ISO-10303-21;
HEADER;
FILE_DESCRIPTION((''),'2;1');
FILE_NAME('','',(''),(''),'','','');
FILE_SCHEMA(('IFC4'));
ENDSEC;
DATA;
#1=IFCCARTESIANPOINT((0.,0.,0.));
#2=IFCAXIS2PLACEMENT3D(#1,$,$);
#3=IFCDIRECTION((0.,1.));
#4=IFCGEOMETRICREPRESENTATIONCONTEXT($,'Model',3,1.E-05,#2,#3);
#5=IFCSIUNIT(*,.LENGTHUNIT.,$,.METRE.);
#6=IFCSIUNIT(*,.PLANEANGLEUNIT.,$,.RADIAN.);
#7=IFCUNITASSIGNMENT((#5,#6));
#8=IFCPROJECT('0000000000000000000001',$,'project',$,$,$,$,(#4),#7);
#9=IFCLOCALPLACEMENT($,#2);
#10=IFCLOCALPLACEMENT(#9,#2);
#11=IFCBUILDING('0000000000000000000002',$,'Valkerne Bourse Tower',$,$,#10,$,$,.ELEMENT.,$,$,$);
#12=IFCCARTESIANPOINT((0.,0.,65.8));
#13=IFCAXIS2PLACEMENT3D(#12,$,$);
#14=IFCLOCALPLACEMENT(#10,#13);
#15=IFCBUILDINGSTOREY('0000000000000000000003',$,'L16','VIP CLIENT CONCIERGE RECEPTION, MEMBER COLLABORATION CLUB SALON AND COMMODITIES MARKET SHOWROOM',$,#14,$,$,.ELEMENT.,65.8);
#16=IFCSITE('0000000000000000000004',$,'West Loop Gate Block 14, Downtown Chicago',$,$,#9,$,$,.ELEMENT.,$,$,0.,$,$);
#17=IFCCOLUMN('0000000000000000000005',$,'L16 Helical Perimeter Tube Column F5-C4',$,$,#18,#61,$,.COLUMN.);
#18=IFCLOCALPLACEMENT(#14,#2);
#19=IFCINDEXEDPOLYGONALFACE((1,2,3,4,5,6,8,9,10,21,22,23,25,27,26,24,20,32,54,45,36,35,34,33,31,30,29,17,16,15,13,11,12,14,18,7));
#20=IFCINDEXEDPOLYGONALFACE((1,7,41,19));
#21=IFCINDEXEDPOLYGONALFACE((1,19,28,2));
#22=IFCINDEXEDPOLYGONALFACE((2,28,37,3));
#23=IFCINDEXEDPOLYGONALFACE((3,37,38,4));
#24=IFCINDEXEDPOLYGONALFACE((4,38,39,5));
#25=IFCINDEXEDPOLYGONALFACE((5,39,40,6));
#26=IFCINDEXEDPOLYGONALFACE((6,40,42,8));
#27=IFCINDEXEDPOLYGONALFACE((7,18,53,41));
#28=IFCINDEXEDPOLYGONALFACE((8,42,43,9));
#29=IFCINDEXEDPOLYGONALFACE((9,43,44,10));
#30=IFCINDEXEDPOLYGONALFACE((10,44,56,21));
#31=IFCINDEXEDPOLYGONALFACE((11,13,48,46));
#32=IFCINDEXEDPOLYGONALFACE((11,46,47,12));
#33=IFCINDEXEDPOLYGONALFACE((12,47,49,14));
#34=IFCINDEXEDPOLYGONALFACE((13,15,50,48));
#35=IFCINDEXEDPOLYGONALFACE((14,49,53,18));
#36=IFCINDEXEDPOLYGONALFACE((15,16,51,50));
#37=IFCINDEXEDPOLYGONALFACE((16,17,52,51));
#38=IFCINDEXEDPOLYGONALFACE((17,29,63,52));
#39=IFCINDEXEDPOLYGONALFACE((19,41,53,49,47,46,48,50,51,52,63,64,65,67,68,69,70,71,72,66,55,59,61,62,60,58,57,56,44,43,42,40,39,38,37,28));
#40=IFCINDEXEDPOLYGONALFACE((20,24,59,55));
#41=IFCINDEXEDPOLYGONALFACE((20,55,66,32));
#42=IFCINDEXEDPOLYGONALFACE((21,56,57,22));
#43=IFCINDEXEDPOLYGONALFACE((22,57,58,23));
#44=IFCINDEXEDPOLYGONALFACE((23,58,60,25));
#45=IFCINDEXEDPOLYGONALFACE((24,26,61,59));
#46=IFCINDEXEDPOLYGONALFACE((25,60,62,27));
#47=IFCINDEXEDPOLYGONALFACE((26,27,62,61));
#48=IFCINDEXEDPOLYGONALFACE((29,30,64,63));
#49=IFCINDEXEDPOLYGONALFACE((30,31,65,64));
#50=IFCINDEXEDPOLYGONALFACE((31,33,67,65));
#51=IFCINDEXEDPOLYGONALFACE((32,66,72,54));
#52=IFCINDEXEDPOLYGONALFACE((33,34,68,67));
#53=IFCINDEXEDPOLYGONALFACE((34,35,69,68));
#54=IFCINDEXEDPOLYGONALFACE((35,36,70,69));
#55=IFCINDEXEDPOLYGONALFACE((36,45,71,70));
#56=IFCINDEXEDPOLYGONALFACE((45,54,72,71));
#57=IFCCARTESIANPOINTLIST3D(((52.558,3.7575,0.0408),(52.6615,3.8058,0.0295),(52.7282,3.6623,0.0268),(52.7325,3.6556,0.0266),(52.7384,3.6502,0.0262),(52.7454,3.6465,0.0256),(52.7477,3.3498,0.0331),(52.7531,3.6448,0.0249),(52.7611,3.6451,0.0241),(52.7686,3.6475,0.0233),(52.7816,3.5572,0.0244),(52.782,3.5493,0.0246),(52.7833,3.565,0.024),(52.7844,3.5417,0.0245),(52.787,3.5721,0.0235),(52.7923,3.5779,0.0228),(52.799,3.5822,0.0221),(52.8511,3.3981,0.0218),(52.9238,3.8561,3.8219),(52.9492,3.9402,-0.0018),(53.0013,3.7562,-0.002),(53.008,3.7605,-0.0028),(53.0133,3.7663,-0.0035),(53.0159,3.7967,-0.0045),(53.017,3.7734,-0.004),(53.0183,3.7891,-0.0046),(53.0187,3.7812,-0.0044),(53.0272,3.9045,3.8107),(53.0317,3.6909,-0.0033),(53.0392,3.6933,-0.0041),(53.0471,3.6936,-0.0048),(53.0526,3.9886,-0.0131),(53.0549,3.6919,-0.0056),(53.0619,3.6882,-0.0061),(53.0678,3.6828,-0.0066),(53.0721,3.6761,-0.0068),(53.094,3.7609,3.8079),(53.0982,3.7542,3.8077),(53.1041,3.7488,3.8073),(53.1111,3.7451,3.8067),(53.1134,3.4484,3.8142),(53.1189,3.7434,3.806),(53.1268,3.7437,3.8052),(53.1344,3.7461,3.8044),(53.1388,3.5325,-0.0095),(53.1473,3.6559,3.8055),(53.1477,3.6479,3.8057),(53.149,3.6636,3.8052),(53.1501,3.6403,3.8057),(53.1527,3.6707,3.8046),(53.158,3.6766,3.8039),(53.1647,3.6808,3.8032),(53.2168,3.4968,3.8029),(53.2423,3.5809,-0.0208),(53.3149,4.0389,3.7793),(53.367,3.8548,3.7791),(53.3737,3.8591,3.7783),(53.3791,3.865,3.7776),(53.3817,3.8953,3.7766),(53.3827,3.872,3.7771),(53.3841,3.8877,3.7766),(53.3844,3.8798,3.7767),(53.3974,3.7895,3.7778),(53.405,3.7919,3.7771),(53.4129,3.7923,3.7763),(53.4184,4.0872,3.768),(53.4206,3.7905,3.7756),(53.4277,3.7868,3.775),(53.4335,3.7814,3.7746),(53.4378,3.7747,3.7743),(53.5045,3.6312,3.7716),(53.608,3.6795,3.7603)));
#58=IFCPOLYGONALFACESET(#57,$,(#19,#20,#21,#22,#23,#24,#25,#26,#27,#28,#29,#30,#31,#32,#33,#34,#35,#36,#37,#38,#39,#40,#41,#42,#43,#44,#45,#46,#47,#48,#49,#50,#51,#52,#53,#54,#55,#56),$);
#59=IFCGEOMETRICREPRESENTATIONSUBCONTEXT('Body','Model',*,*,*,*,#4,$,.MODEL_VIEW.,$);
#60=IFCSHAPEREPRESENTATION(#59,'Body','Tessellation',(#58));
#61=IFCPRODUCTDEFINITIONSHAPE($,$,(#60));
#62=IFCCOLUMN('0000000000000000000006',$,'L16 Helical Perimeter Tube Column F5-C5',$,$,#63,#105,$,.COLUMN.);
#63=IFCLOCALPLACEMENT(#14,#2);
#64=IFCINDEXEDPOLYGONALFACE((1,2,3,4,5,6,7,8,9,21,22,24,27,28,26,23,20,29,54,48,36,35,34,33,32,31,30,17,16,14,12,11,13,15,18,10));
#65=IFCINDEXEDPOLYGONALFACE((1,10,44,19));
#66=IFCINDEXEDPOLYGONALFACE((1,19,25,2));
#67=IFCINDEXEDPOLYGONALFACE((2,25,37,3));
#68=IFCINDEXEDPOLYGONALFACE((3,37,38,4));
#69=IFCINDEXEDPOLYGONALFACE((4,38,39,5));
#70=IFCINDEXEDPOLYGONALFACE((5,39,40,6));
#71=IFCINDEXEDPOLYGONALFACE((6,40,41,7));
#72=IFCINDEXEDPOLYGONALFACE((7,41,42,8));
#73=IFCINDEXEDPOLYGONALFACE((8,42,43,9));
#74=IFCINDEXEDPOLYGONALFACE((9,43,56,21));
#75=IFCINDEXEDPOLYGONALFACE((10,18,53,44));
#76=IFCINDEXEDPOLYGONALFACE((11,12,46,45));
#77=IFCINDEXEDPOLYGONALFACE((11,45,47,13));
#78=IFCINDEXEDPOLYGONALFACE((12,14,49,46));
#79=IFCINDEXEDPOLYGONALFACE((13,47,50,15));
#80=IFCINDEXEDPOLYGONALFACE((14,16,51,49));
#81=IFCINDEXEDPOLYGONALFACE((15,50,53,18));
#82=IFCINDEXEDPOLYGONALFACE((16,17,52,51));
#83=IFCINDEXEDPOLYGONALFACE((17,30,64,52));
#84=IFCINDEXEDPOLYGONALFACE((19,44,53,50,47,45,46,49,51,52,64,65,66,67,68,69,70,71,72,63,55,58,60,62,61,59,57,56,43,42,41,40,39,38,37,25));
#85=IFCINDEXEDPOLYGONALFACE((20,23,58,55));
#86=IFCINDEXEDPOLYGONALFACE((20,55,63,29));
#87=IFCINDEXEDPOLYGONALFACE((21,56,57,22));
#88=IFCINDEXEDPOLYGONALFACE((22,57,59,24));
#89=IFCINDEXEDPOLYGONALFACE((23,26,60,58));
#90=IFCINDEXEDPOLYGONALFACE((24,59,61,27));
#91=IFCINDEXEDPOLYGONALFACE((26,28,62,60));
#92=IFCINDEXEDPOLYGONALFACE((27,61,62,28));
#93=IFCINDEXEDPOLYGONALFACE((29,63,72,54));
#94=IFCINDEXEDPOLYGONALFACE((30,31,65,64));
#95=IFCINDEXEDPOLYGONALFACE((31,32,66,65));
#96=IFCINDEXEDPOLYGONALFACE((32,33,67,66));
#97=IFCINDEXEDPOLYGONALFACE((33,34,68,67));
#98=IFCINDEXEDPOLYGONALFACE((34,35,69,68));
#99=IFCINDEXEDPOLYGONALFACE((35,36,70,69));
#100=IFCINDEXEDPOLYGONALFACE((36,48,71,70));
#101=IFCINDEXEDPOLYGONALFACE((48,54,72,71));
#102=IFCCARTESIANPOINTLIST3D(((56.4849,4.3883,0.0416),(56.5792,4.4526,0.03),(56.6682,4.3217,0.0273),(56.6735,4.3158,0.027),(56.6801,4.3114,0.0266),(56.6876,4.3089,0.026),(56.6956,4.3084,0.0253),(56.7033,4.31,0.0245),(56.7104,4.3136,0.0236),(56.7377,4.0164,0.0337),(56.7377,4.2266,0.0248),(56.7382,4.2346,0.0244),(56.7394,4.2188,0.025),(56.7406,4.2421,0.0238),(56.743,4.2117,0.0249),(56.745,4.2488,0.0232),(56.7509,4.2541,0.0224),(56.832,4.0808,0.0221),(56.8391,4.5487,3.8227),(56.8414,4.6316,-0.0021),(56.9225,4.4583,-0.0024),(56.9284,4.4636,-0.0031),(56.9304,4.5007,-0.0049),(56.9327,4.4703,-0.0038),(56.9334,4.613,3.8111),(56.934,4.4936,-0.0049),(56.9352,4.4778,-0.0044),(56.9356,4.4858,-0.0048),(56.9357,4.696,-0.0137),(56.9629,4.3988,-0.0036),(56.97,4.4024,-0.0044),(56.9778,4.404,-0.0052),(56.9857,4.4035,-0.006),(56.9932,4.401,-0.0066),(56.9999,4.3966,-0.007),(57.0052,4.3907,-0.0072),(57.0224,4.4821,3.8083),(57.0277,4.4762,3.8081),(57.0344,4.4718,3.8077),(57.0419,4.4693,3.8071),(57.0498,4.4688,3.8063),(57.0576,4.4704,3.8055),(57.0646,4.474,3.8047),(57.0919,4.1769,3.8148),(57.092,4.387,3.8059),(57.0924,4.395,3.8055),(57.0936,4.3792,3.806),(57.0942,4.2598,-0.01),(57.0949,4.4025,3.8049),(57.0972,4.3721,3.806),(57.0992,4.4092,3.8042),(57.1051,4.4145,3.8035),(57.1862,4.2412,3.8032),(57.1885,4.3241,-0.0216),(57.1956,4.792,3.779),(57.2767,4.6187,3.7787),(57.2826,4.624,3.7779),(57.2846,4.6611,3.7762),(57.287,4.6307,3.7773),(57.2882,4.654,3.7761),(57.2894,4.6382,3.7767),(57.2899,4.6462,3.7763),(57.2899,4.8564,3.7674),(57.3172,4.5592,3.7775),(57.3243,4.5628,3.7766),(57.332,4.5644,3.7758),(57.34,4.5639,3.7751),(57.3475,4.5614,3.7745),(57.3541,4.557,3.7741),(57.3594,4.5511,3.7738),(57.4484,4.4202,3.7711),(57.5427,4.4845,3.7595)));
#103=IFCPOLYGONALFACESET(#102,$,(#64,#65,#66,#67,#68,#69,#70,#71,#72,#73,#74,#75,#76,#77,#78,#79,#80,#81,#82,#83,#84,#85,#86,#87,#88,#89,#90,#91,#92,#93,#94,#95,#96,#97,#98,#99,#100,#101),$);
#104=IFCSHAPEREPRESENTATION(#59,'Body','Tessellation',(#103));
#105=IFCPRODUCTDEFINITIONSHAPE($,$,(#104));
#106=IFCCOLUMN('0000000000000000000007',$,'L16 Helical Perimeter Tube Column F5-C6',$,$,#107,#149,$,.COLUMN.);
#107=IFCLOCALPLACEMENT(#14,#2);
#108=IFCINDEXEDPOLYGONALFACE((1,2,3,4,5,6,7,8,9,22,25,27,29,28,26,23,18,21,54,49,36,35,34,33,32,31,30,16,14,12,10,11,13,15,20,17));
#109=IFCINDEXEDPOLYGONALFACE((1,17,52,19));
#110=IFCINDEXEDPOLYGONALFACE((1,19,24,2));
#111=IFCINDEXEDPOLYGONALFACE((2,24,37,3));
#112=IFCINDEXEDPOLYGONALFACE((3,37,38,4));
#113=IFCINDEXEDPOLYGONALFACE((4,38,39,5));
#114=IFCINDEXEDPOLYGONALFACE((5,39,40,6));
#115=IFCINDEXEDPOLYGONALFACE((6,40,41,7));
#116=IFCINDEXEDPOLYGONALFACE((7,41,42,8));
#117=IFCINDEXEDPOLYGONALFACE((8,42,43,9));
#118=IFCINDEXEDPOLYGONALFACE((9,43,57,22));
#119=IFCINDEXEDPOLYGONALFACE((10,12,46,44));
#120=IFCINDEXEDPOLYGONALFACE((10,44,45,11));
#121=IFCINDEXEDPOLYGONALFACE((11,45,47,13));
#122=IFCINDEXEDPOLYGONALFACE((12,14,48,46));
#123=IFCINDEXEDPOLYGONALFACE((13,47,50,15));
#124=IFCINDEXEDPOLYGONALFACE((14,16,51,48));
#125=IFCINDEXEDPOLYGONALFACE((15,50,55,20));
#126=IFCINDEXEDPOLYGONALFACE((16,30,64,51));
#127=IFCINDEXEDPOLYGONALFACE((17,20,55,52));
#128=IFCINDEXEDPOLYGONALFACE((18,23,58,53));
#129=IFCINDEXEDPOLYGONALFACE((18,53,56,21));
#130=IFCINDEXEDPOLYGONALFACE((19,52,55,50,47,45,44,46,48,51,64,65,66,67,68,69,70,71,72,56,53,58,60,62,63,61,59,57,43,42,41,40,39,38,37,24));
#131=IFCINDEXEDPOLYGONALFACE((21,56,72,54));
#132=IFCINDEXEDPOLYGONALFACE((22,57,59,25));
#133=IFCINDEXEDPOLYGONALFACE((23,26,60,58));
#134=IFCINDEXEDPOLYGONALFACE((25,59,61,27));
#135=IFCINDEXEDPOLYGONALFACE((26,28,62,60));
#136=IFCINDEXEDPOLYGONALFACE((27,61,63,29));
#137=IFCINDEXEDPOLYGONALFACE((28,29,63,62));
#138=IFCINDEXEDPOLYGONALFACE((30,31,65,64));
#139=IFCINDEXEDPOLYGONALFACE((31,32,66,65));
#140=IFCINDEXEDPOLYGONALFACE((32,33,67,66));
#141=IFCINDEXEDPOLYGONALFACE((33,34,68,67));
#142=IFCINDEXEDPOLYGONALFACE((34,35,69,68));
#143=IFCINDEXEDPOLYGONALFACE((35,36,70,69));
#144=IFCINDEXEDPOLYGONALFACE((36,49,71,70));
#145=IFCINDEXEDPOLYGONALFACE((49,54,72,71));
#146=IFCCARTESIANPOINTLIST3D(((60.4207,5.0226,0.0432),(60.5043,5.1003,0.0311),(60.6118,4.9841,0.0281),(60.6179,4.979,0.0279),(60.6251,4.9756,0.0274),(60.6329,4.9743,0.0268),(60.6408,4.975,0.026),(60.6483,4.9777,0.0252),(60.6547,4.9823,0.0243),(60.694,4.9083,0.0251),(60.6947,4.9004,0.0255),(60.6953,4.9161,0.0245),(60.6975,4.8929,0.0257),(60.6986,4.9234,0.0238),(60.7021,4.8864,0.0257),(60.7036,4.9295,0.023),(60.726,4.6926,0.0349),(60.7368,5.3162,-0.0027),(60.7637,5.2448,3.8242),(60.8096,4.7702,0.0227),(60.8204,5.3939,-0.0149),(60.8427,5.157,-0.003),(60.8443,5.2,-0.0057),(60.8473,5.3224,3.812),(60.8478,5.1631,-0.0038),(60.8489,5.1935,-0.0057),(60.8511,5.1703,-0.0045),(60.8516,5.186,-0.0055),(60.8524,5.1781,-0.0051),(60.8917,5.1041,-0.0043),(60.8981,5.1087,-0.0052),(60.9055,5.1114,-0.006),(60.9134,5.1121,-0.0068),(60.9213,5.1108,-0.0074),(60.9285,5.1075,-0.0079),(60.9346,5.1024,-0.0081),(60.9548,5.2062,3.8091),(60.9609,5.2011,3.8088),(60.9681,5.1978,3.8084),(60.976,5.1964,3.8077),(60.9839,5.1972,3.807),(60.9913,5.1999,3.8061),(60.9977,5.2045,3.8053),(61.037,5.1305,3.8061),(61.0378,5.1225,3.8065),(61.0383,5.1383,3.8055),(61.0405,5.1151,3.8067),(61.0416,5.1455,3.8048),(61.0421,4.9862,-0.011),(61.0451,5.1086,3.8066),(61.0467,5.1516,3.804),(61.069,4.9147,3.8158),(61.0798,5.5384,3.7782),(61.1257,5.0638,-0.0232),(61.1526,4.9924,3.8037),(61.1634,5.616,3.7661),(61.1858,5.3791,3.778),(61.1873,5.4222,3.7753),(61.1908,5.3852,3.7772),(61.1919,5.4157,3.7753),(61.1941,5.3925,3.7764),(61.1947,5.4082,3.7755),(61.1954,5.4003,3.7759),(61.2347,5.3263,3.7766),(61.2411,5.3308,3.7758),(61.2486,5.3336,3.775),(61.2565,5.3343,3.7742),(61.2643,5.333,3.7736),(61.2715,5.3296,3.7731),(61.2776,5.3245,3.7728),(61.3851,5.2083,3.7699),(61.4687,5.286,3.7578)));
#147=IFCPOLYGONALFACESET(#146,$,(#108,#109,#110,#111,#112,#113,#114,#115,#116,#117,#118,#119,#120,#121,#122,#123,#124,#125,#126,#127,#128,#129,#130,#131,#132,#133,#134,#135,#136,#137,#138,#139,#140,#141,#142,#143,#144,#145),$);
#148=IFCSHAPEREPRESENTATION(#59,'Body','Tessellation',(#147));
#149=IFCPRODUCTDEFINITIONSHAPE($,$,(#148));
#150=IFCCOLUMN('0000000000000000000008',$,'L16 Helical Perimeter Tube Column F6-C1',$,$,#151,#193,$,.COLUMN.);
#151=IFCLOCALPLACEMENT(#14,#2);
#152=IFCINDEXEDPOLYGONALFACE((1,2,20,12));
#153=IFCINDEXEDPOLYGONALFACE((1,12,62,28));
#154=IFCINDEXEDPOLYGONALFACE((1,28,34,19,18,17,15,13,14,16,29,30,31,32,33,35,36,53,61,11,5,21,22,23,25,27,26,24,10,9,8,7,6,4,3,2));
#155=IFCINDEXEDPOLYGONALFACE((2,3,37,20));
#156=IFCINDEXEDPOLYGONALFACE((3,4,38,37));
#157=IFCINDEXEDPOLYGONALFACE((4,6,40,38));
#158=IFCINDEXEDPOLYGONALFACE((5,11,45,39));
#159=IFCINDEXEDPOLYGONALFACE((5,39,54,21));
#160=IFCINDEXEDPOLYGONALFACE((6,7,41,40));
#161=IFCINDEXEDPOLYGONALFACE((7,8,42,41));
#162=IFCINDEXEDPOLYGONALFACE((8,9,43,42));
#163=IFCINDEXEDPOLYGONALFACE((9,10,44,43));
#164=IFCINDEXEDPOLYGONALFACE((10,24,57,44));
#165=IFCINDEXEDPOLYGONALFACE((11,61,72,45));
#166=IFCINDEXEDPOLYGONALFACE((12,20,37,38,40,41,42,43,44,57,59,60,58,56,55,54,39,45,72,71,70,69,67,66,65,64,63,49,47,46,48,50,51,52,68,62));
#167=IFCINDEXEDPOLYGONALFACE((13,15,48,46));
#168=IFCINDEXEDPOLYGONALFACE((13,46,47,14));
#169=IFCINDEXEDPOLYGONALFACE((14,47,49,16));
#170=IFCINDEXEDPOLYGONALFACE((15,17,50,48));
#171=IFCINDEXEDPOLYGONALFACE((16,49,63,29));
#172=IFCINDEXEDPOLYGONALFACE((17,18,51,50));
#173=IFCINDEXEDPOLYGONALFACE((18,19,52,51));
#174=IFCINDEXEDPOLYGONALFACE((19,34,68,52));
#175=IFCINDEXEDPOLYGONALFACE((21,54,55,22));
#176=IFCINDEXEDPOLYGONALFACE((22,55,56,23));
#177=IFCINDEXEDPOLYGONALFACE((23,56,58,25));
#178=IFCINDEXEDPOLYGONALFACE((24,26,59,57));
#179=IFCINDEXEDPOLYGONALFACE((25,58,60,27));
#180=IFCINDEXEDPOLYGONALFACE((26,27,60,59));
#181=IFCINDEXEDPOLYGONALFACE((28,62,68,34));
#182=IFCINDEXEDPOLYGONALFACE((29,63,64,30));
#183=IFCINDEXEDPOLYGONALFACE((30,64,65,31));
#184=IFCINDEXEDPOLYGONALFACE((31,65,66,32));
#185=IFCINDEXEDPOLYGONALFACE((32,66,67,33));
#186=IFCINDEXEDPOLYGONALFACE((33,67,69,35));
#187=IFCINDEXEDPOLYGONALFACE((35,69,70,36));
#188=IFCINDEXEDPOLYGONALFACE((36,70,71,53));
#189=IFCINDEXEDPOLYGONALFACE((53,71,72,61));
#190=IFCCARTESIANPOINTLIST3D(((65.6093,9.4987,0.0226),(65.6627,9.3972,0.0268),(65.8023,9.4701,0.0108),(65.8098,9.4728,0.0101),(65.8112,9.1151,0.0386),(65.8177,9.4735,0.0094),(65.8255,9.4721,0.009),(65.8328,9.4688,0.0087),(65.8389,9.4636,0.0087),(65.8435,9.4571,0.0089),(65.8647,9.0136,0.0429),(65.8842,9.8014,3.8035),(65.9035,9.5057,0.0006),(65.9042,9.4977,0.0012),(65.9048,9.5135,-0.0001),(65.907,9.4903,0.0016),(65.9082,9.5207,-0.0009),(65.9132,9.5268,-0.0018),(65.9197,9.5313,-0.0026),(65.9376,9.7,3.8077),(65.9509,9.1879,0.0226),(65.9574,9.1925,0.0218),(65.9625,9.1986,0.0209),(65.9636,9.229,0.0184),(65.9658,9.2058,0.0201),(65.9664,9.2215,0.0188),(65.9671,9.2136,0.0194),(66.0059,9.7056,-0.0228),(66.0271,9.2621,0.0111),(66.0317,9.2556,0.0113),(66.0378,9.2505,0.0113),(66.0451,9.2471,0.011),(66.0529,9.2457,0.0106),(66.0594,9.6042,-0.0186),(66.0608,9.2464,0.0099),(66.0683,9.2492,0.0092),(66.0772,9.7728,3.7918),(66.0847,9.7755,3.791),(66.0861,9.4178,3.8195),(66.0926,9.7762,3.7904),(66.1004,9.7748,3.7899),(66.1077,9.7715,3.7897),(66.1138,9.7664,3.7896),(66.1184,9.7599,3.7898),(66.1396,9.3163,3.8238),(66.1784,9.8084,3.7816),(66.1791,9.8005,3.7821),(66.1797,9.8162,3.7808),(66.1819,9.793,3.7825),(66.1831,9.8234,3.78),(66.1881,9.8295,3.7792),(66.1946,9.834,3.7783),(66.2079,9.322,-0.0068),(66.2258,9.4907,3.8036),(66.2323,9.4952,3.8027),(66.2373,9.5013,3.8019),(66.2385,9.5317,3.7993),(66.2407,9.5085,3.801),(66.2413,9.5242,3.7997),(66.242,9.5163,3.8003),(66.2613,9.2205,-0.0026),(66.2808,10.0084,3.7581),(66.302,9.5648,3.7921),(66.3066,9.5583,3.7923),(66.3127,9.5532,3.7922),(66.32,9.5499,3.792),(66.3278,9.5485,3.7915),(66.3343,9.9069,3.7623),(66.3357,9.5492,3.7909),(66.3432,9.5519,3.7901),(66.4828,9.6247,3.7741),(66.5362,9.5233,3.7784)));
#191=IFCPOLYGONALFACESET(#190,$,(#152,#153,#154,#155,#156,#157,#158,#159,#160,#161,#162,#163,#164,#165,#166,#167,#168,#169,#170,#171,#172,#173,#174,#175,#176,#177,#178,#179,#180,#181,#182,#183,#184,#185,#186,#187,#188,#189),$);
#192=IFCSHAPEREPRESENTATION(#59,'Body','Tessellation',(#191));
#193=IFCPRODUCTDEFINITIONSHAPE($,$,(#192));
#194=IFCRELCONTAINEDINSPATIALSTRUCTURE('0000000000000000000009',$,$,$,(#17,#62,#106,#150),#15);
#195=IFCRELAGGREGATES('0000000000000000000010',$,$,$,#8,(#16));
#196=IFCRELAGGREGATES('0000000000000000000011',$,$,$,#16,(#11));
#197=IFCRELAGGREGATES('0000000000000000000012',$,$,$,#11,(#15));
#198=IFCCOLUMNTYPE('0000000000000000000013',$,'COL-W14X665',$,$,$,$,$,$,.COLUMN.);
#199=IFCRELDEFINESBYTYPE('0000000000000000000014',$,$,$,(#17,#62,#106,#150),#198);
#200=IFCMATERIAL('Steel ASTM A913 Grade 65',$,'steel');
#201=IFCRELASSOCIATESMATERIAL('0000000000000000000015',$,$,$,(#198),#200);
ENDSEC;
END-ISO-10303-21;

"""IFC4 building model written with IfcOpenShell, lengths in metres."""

from ifc_helpers import new_model, si_unit, direction, frame, origin, origin_2d, place, context, subcontext, project, spatial, i_section, extrude, material, material_profile, profile_set, type_object, element, save


model = new_model("IFC4")

# Units and contexts
model_context = context("Model", 3, precision=1e-05, world=origin(), true_north=direction((0.0, 1.0)))
body_context = subcontext(model_context, "Body", "Model", "MODEL_VIEW")
ifc_project = project(units=[si_unit("LENGTHUNIT", "METRE"), si_unit("PLANEANGLEUNIT", "RADIAN")], contexts=[model_context])

# Site, building, storey
site_placement = place(None, origin())
site = spatial("IfcSite", under=ifc_project, at=site_placement, Name="West Loop Gate Block 14, Downtown Chicago", CompositionType="ELEMENT", RefElevation=0.0)
building_placement = place(site_placement, origin())
building = spatial("IfcBuilding", under=site, at=building_placement, Name="Valkerne Bourse Tower", CompositionType="ELEMENT")
storey_placement = place(building_placement, frame((0.0, 0.0, 65.8)))
storey = spatial("IfcBuildingStorey", under=building, at=storey_placement, Name="L16", Description="VIP CLIENT CONCIERGE RECEPTION, MEMBER COLLABORATION CLUB SALON AND COMMODITIES MARKET SHOWROOM", CompositionType="ELEMENT", Elevation=65.8)

# Columns
ifc_material_1 = material(Name="Steel ASTM A913 Grade 65", Category="steel")
ifc_material_profile_1 = material_profile(ifc_material_1, i_section(OverallWidth=0.4497, OverallDepth=0.5486, WebThickness=0.072, FlangeThickness=0.1147, FilletRadius=0.0305, at=origin_2d()), Name="W14X665")
ifc_profile_set_1 = profile_set([ifc_material_profile_1], Name="Steel ASTM A913 Grade 65")
column_type = type_object("IfcColumnType", Name="COL-W14X665", PredefinedType="COLUMN", material=ifc_profile_set_1)
column_1_placement = place(storey_placement, frame((52.9001, 3.6692, 0.01), z_axis=(0.096245, 0.025956, 0.995019), x_axis=(-0.421684, 0.906581, 0.017138)))
element("IfcColumn", 1, at=column_1_placement, inside=storey, type_object=column_type, Name="L16 Helical Perimeter Tube Column F5-C4", PredefinedType="COLUMN", context=body_context, shape_type="SweptSolid", body=[
    extrude(i_section(OverallWidth=0.4497, OverallDepth=0.5486, WebThickness=0.072, FlangeThickness=0.1147, FilletRadius=0.0305, at=origin_2d()), origin(), (0.0, 0.0, 1.0), 3.8),
])
column_2_placement = place(storey_placement, frame((56.8367, 4.3562, 0.01), z_axis=(0.0932, 0.0422, 0.994753), x_axis=(-0.562136, 0.826858, 0.01759)))
element("IfcColumn", 2, at=column_2_placement, inside=storey, type_object=column_type, Name="L16 Helical Perimeter Tube Column F5-C5", PredefinedType="COLUMN", context=body_context, shape_type="SweptSolid", body=[
    extrude(i_section(OverallWidth=0.4497, OverallDepth=0.5486, WebThickness=0.072, FlangeThickness=0.1147, FilletRadius=0.0305, at=origin_2d()), origin(), (0.0, 0.0, 1.0), 3.801),
])
for number, where, z_axis, x_axis, name in (
    (3, (60.7732, 5.0432, 0.01), (0.090196, 0.058419, 0.994209), (-0.678997, 0.733908, 0.018476), "L16 Helical Perimeter Tube Column F5-C6"),
    (4, (65.9353, 9.3596, 0.01), (0.072285, 0.079603, 0.994202), (-0.88207, -0.46017, 0.100976), "L16 Helical Perimeter Tube Column F6-C1"),
):
    element("IfcColumn", number, at=place(storey_placement, frame(where, z_axis=z_axis, x_axis=x_axis)), inside=storey, type_object=column_type, Name=name, PredefinedType="COLUMN", context=body_context, shape_type="SweptSolid", body=[
        extrude(i_section(OverallWidth=0.4497, OverallDepth=0.5486, WebThickness=0.072, FlangeThickness=0.1147, FilletRadius=0.0305, at=origin_2d()), origin(), (0.0, 0.0, 1.0), 3.803),
    ])

save(model, "model.ifc")
